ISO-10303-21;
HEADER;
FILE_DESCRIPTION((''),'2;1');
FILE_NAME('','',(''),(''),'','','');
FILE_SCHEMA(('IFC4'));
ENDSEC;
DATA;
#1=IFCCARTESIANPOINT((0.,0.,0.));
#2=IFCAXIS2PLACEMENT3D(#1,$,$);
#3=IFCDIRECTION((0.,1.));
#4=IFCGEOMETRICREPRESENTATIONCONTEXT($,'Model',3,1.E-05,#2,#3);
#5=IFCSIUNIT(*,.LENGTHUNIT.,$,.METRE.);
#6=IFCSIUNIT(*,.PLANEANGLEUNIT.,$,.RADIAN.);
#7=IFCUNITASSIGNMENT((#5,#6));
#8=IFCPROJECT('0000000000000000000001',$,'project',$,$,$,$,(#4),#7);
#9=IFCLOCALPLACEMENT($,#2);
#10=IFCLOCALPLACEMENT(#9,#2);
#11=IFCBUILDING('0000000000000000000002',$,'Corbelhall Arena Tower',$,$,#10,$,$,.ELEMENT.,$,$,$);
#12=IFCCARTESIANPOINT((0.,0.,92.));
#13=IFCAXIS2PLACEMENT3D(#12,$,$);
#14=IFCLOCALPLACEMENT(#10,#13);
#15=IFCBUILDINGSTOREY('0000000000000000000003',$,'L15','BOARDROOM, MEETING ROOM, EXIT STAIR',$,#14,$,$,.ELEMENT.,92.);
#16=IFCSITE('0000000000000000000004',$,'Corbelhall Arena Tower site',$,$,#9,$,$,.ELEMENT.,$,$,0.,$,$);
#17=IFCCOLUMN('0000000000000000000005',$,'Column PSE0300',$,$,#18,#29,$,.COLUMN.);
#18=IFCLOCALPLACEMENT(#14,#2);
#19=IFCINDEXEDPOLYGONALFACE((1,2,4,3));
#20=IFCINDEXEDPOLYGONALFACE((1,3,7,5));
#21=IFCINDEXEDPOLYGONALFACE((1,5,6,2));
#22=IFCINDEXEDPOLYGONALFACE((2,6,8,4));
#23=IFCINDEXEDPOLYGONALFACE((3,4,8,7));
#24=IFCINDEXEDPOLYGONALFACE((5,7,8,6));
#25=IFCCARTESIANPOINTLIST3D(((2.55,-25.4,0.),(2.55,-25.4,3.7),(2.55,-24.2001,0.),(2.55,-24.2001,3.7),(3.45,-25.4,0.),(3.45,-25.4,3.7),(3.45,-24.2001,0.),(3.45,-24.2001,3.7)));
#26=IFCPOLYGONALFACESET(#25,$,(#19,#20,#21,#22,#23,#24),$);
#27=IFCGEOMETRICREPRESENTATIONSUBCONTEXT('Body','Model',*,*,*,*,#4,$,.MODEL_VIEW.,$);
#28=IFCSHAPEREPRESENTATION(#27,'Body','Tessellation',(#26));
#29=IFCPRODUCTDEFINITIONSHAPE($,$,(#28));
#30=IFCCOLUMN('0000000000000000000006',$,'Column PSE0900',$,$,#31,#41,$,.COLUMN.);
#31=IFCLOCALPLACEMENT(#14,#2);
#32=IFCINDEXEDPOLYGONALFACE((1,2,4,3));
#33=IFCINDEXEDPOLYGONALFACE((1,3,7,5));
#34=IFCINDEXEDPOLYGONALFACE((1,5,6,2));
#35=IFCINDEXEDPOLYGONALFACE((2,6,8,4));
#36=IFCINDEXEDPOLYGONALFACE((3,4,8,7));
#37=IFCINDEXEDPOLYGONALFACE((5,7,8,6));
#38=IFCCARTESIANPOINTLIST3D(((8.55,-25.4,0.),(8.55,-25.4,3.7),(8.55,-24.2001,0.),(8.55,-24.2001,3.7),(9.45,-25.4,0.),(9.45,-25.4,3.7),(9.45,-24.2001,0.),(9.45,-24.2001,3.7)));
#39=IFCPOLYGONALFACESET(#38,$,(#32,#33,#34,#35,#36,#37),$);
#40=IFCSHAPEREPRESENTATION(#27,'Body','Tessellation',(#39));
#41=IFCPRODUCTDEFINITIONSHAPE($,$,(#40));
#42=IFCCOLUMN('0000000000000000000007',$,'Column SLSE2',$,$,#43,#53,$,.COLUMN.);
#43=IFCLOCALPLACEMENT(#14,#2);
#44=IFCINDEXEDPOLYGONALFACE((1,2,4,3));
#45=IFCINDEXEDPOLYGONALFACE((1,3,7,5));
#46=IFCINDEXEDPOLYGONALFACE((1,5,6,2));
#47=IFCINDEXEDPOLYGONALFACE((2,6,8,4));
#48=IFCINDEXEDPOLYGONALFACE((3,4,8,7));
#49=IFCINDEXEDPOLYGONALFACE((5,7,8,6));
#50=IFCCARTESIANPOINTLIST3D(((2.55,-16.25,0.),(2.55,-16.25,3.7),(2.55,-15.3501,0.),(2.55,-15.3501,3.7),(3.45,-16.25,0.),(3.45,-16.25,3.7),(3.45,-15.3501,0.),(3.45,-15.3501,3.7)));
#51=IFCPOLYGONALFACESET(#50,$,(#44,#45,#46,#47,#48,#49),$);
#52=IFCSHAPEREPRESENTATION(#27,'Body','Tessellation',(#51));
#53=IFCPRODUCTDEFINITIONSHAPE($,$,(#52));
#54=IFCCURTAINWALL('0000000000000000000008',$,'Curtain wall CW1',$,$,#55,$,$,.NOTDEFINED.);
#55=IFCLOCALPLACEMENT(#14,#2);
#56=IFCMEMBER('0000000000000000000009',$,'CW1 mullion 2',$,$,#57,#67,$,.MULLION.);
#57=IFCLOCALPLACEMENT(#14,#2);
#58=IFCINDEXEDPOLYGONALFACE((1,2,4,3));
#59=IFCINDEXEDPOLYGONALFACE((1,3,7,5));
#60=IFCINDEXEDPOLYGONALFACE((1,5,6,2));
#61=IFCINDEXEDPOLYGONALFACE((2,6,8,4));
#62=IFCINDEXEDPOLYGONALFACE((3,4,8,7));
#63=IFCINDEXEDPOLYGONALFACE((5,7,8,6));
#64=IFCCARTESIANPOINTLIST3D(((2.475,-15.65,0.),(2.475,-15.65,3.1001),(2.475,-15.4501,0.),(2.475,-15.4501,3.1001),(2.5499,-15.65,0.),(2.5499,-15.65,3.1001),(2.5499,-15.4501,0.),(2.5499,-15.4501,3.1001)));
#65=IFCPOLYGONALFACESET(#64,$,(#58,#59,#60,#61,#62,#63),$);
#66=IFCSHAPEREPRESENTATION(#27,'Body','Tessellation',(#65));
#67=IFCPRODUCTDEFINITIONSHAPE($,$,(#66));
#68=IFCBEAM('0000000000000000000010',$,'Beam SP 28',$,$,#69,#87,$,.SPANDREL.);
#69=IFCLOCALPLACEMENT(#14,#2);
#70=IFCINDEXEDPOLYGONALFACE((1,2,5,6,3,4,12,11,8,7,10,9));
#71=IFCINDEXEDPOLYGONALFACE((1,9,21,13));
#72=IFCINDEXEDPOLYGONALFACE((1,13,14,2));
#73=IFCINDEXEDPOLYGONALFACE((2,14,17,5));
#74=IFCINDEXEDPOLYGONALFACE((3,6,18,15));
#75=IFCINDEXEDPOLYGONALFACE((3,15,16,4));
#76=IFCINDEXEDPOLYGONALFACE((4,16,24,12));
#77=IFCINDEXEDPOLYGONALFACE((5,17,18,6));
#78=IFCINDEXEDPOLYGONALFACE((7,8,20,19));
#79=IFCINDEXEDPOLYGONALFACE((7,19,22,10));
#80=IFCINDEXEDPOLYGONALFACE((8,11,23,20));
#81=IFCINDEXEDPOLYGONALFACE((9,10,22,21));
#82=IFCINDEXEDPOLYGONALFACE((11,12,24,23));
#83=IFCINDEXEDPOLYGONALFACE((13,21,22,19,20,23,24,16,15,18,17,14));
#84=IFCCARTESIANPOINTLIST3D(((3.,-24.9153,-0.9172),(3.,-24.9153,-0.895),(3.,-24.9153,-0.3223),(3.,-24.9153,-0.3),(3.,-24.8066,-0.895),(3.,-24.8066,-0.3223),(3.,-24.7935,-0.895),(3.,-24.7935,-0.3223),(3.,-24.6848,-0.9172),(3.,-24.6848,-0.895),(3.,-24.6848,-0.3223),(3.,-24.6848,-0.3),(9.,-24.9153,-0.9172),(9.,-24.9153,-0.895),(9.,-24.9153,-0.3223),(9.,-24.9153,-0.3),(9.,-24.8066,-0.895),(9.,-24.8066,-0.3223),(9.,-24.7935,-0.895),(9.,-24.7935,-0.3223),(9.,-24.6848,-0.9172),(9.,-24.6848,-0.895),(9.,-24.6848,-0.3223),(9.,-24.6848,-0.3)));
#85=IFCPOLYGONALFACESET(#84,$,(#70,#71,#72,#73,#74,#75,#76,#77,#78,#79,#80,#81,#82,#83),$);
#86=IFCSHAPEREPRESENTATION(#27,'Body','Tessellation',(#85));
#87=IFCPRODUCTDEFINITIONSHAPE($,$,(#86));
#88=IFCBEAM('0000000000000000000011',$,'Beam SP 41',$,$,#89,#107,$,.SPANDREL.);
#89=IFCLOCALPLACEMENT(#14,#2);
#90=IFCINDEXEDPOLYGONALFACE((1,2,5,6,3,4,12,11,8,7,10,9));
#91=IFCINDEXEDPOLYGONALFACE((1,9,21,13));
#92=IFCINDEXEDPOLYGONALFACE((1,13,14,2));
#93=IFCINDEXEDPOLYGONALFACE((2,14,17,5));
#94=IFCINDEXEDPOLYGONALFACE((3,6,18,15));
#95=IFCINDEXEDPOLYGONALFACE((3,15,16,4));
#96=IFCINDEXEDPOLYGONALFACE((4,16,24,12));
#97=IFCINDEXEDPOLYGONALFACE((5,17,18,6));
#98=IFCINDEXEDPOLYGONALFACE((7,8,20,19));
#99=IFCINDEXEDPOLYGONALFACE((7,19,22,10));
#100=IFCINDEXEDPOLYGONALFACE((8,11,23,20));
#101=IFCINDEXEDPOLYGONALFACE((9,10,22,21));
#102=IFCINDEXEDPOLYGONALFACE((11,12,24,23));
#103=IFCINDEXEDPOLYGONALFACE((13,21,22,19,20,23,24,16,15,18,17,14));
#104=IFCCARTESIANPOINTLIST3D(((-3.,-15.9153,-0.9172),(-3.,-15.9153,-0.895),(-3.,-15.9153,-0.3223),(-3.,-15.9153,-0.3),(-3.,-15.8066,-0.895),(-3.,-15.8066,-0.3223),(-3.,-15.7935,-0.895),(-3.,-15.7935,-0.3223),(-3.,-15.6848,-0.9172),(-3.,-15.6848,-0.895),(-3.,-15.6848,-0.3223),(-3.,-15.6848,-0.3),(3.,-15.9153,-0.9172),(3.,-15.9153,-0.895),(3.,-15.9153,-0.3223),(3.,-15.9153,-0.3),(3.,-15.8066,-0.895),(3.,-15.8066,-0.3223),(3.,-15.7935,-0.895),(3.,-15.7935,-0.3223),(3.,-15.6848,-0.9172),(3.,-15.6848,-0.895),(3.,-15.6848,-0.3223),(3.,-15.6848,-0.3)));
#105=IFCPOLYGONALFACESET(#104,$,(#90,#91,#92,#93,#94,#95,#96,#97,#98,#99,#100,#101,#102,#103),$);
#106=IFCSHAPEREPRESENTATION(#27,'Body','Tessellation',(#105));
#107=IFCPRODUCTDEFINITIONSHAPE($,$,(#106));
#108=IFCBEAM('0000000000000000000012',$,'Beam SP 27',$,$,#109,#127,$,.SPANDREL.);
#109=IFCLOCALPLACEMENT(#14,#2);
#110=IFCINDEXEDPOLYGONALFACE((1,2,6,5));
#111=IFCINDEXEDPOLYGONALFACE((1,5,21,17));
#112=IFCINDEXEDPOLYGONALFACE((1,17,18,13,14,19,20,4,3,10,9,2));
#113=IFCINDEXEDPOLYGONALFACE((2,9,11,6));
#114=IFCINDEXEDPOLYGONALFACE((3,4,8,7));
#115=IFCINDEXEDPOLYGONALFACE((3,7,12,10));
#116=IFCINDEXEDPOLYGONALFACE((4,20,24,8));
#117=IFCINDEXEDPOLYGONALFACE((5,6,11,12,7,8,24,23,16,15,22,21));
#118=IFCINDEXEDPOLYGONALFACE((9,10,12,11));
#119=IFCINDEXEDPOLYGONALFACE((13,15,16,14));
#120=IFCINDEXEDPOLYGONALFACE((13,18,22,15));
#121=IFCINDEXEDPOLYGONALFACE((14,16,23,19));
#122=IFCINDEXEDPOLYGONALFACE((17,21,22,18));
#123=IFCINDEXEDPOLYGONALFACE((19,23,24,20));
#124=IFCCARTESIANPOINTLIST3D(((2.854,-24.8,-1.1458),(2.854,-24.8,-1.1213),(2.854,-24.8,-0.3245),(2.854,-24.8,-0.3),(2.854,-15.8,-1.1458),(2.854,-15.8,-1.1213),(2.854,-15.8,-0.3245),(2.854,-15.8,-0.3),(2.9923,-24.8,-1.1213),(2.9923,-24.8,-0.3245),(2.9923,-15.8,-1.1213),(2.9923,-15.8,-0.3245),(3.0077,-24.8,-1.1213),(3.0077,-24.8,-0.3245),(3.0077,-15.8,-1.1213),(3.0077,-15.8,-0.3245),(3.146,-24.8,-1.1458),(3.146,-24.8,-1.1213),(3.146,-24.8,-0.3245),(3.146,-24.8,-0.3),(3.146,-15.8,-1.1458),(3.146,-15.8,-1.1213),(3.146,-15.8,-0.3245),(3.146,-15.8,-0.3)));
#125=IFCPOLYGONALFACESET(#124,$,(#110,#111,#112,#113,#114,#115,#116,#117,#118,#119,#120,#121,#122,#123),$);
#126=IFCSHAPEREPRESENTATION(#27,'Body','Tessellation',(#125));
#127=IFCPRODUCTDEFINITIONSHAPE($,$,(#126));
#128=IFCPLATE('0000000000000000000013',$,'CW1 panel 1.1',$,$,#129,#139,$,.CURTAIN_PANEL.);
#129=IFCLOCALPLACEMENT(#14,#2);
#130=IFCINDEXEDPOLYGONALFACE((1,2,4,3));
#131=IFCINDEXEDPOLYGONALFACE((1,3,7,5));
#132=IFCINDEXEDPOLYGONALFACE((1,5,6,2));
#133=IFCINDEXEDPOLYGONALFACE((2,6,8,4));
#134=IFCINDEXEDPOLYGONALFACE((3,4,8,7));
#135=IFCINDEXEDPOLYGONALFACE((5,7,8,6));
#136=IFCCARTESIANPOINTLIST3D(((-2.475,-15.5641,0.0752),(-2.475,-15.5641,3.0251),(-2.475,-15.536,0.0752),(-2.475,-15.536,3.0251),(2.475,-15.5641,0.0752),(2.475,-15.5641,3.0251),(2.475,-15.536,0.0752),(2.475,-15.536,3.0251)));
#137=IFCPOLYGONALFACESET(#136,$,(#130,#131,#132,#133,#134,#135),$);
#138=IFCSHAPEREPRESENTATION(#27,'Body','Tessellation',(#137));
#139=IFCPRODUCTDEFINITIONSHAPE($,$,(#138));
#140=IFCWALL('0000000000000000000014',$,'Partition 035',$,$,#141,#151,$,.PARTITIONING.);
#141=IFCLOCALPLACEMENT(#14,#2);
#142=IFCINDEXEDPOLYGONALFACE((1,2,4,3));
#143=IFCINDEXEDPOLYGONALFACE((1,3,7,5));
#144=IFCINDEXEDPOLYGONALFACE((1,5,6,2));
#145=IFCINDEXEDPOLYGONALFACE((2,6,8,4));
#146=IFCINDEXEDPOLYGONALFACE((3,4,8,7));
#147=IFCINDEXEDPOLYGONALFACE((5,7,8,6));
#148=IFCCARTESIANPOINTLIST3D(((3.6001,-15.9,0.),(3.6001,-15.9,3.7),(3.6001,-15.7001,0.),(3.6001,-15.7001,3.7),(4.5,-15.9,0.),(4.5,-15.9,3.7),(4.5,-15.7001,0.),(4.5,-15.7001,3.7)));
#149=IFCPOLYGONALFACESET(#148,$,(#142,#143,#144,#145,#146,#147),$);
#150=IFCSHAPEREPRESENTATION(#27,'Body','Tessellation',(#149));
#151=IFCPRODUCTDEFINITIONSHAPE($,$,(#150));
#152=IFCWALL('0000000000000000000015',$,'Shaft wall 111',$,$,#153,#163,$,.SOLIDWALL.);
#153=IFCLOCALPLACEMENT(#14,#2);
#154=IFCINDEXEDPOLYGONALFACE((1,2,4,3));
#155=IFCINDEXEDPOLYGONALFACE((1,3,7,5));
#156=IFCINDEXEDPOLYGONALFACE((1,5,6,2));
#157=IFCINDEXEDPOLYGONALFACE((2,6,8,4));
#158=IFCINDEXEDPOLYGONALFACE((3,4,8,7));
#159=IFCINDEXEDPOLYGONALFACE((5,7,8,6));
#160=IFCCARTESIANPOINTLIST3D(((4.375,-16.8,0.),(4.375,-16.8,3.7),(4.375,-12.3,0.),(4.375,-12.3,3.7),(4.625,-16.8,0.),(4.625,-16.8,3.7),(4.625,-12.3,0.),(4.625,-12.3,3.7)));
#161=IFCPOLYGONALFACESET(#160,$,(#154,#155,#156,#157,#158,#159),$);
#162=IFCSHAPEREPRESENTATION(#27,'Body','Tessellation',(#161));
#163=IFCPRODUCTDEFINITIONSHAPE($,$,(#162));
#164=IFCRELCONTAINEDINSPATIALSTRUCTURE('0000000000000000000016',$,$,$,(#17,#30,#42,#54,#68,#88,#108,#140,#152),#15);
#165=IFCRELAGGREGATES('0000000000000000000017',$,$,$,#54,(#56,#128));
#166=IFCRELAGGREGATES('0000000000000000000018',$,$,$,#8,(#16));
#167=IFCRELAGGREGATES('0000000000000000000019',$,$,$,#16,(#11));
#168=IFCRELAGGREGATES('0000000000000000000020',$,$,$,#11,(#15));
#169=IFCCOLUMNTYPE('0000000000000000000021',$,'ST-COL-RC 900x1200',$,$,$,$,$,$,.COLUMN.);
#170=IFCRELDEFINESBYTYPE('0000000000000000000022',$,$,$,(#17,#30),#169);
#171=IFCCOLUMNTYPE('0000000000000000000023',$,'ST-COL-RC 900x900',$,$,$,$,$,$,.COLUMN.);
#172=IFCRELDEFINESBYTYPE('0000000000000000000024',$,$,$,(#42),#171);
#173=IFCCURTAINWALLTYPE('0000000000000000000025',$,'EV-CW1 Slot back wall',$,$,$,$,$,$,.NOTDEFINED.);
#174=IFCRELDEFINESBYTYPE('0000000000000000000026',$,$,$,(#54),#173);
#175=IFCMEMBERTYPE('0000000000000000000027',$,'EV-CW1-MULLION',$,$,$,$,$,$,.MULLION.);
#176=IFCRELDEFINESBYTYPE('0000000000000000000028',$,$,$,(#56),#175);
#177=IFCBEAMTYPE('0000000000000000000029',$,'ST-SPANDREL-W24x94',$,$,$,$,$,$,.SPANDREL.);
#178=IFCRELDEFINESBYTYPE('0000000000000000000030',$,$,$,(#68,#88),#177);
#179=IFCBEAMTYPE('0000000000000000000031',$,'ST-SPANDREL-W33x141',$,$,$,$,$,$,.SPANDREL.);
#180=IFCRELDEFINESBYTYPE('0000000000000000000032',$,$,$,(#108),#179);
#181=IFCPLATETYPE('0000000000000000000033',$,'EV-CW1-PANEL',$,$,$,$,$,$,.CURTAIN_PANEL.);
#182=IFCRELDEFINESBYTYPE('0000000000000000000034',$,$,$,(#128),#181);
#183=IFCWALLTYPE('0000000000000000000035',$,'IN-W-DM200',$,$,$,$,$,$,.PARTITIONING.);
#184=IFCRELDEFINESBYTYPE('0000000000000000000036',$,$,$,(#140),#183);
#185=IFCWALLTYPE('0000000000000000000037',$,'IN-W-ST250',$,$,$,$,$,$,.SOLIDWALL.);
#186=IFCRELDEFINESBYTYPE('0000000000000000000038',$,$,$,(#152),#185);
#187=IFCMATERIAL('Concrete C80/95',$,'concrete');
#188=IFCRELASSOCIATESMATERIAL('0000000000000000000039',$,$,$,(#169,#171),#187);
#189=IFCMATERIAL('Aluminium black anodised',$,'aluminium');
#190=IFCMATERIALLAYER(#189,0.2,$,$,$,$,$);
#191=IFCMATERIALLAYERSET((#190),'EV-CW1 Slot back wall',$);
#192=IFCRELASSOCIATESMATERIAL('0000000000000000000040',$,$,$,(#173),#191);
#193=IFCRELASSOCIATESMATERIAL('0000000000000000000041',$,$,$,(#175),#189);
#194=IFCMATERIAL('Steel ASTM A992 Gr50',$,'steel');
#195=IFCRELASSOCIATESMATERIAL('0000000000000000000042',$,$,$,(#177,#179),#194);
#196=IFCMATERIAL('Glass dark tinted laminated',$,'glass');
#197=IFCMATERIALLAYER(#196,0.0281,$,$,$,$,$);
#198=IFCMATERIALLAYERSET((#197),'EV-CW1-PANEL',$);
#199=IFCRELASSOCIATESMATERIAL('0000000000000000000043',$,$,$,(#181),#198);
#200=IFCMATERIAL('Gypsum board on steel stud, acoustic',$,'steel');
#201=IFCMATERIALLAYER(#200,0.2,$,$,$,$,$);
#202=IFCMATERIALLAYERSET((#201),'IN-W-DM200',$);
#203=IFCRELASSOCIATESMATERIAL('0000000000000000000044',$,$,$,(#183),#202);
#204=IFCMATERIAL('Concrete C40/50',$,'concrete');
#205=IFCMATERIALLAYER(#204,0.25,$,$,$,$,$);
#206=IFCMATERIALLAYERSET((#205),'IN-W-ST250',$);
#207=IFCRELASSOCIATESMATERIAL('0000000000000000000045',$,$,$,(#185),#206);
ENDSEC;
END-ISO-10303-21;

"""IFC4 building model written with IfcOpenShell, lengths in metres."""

from ifc_helpers import new_model, si_unit, direction, frame, frame_2d, origin, origin_2d, place, context, subcontext, project, spatial, rectangle, i_section, extrude, material, layer, layer_set, material_profile, profile_set, type_object, element, aggregate, save


model = new_model("IFC4")

# Units and contexts
model_context = context("Model", 3, precision=1e-05, world=origin(), true_north=direction((0.0, 1.0)))
body_context = subcontext(model_context, "Body", "Model", "MODEL_VIEW")
ifc_project = project(units=[si_unit("LENGTHUNIT", "METRE"), si_unit("PLANEANGLEUNIT", "RADIAN")], contexts=[model_context])

# Site, building, storey
site_placement = place(None, origin())
site = spatial("IfcSite", under=ifc_project, at=site_placement, Name="Corbelhall Arena Tower site", CompositionType="ELEMENT", RefElevation=0.0)
building_placement = place(site_placement, origin())
building = spatial("IfcBuilding", under=site, at=building_placement, Name="Corbelhall Arena Tower", CompositionType="ELEMENT")
storey_placement = place(building_placement, frame((0.0, 0.0, 92.0)))
storey = spatial("IfcBuildingStorey", under=building, at=storey_placement, Name="L15", Description="BOARDROOM, MEETING ROOM, EXIT STAIR", CompositionType="ELEMENT", Elevation=92.0)

# Columns
ifc_material_1 = material(Name="Concrete C80/95", Category="concrete")
ifc_material_profile_1 = material_profile(ifc_material_1, rectangle(XDim=0.8999, YDim=1.2, at=origin_2d()))
ifc_profile_set_1 = profile_set([ifc_material_profile_1], Name="Concrete C80/95")
column_type_1 = type_object("IfcColumnType", Name="ST-COL-RC 900x1200", PredefinedType="COLUMN", material=ifc_profile_set_1)
for number, where, z_axis, x_axis, name in (
    (1, (3.0, -24.8, 0.0), (0.0, 0.0, 1.0), (1.0, 0.0, 0.0), "Column PSE0300"),
    (2, (9.0, -24.8, 0.0), (0.0, 0.0, 1.0), (1.0, 0.0, 0.0), "Column PSE0900"),
):
    element("IfcColumn", number, at=place(storey_placement, frame(where, z_axis=z_axis, x_axis=x_axis)), inside=storey, type_object=column_type_1, Name=name, PredefinedType="COLUMN", context=body_context, shape_type="SweptSolid", body=[
        extrude(rectangle(XDim=0.8999, YDim=1.2, at=origin_2d()), origin(), (0.0, 0.0, 1.0), 3.7),
    ])
ifc_material_profile_2 = material_profile(ifc_material_1, rectangle(XDim=0.8999, YDim=0.8999, at=origin_2d()))
ifc_profile_set_2 = profile_set([ifc_material_profile_2], Name="Concrete C80/95")
column_type_2 = type_object("IfcColumnType", Name="ST-COL-RC 900x900", PredefinedType="COLUMN", material=ifc_profile_set_2)
column_placement = place(storey_placement, frame((3.0, -15.8, 0.0), z_axis=(0.0, 0.0, 1.0), x_axis=(1.0, 0.0, 0.0)))
element("IfcColumn", 3, at=column_placement, inside=storey, type_object=column_type_2, Name="Column SLSE2", PredefinedType="COLUMN", context=body_context, shape_type="SweptSolid", body=[
    extrude(rectangle(XDim=0.8999, YDim=0.8999, at=origin_2d()), origin(), (0.0, 0.0, 1.0), 3.7),
])

# Curtain wall, member
ifc_material_2 = material(Name="Aluminium black anodised", Category="aluminium")
ifc_layer_1 = layer(ifc_material_2, 0.2)
ifc_layer_set_1 = layer_set([ifc_layer_1], Name="EV-CW1 Slot back wall")
curtain_wall_type = type_object("IfcCurtainWallType", Name="EV-CW1 Slot back wall", PredefinedType="NOTDEFINED", material=ifc_layer_set_1)
curtain_wall_placement = place(storey_placement, origin())
curtain_wall = element("IfcCurtainWall", 4, at=curtain_wall_placement, inside=storey, type_object=curtain_wall_type, Name="Curtain wall CW1", PredefinedType="NOTDEFINED")
ifc_material_profile_3 = material_profile(ifc_material_2, rectangle(XDim=0.2, YDim=0.075, at=origin_2d()))
ifc_profile_set_3 = profile_set([ifc_material_profile_3], Name="Aluminium black anodised")
member_type = type_object("IfcMemberType", Name="EV-CW1-MULLION", PredefinedType="MULLION", material=ifc_profile_set_3)
member_placement = place(storey_placement, frame((2.5125, -15.55, 0.0), z_axis=(0.0, 0.0, 1.0), x_axis=(0.0, 1.0, 0.0)))
member = element("IfcMember", 5, at=member_placement, type_object=member_type, Name="CW1 mullion 2", PredefinedType="MULLION", context=body_context, shape_type="SweptSolid", body=[
    extrude(rectangle(XDim=0.2, YDim=0.075, at=origin_2d()), origin(), (0.0, 0.0, 1.0), 3.1001),
])

# Beams
ifc_material_3 = material(Name="Steel ASTM A992 Gr50", Category="steel")
ifc_material_profile_4 = material_profile(ifc_material_3, i_section(OverallWidth=0.2305, OverallDepth=0.6172, WebThickness=0.0132, FlangeThickness=0.0222, at=origin_2d()))
ifc_profile_set_4 = profile_set([ifc_material_profile_4], Name="Steel ASTM A992 Gr50")
beam_type_1 = type_object("IfcBeamType", Name="ST-SPANDREL-W24x94", PredefinedType="SPANDREL", material=ifc_profile_set_4)
for number, where, z_axis, x_axis, name in (
    (6, (9.0, -24.8, -0.6086), (-1.0, 0.0, 0.0), (0.0, -1.0, 0.0), "Beam SP 28"),
    (7, (3.0, -15.8, -0.6086), (-1.0, 0.0, 0.0), (0.0, -1.0, 0.0), "Beam SP 41"),
):
    element("IfcBeam", number, at=place(storey_placement, frame(where, z_axis=z_axis, x_axis=x_axis)), inside=storey, type_object=beam_type_1, Name=name, PredefinedType="SPANDREL", context=body_context, shape_type="SweptSolid", body=[
        extrude(i_section(OverallWidth=0.2305, OverallDepth=0.6172, WebThickness=0.0132, FlangeThickness=0.0222, at=origin_2d()), origin(), (0.0, 0.0, 1.0), 6.0),
    ])
ifc_material_profile_5 = material_profile(ifc_material_3, i_section(OverallWidth=0.292, OverallDepth=0.8457, WebThickness=0.0154, FlangeThickness=0.0244, at=origin_2d()))
ifc_profile_set_5 = profile_set([ifc_material_profile_5], Name="Steel ASTM A992 Gr50")
beam_type_2 = type_object("IfcBeamType", Name="ST-SPANDREL-W33x141", PredefinedType="SPANDREL", material=ifc_profile_set_5)
beam_placement = place(storey_placement, frame((3.0, -24.8, -0.7229), z_axis=(0.0, 1.0, 0.0), x_axis=(-1.0, 0.0, 0.0)))
element("IfcBeam", 8, at=beam_placement, inside=storey, type_object=beam_type_2, Name="Beam SP 27", PredefinedType="SPANDREL", context=body_context, shape_type="SweptSolid", body=[
    extrude(i_section(OverallWidth=0.292, OverallDepth=0.8457, WebThickness=0.0154, FlangeThickness=0.0244, at=origin_2d()), origin(), (0.0, 0.0, 1.0), 9.0),
])

# Plate
ifc_material_4 = material(Name="Glass dark tinted laminated", Category="glass")
ifc_layer_2 = layer(ifc_material_4, 0.0281)
ifc_layer_set_2 = layer_set([ifc_layer_2], Name="EV-CW1-PANEL")
plate_type = type_object("IfcPlateType", Name="EV-CW1-PANEL", PredefinedType="CURTAIN_PANEL", material=ifc_layer_set_2)
plate_placement = place(storey_placement, frame((0.0, -15.55, 0.0752), z_axis=(0.0, 0.0, 1.0), x_axis=(1.0, 0.0, 0.0)))
plate = element("IfcPlate", 9, at=plate_placement, type_object=plate_type, Name="CW1 panel 1.1", PredefinedType="CURTAIN_PANEL", context=body_context, shape_type="SweptSolid", body=[
    extrude(rectangle(XDim=4.95, YDim=0.0281, at=origin_2d()), origin(), (0.0, 0.0, 1.0), 2.95),
])
aggregate(curtain_wall, [member, plate])

# Walls
ifc_material_5 = material(Name="Gypsum board on steel stud, acoustic", Category="steel")
ifc_layer_3 = layer(ifc_material_5, 0.2)
ifc_layer_set_3 = layer_set([ifc_layer_3], Name="IN-W-DM200")
wall_type_1 = type_object("IfcWallType", Name="IN-W-DM200", PredefinedType="PARTITIONING", material=ifc_layer_set_3)
wall_1_placement = place(storey_placement, frame((4.5, -15.8, 0.0), z_axis=(0.0, 0.0, 1.0), x_axis=(-1.0, 0.0, 0.0)))
element("IfcWall", 10, at=wall_1_placement, inside=storey, type_object=wall_type_1, Name="Partition 035", PredefinedType="PARTITIONING", context=body_context, shape_type="SweptSolid", body=[
    extrude(rectangle(XDim=0.8999, YDim=0.2, at=frame_2d((0.45, 0.0))), origin(), (0.0, 0.0, 1.0), 3.7),
])
ifc_material_6 = material(Name="Concrete C40/50", Category="concrete")
ifc_layer_4 = layer(ifc_material_6, 0.25)
ifc_layer_set_4 = layer_set([ifc_layer_4], Name="IN-W-ST250")
wall_type_2 = type_object("IfcWallType", Name="IN-W-ST250", PredefinedType="SOLIDWALL", material=ifc_layer_set_4)
wall_2_placement = place(storey_placement, frame((4.5, -16.8, 0.0), z_axis=(0.0, 0.0, 1.0), x_axis=(0.0, 1.0, 0.0)))
element("IfcWall", 11, at=wall_2_placement, inside=storey, type_object=wall_type_2, Name="Shaft wall 111", PredefinedType="SOLIDWALL", context=body_context, shape_type="SweptSolid", body=[
    extrude(rectangle(XDim=4.5, YDim=0.25, at=frame_2d((2.25, 0.0))), origin(), (0.0, 0.0, 1.0), 3.7),
])

save(model, "model.ifc")
